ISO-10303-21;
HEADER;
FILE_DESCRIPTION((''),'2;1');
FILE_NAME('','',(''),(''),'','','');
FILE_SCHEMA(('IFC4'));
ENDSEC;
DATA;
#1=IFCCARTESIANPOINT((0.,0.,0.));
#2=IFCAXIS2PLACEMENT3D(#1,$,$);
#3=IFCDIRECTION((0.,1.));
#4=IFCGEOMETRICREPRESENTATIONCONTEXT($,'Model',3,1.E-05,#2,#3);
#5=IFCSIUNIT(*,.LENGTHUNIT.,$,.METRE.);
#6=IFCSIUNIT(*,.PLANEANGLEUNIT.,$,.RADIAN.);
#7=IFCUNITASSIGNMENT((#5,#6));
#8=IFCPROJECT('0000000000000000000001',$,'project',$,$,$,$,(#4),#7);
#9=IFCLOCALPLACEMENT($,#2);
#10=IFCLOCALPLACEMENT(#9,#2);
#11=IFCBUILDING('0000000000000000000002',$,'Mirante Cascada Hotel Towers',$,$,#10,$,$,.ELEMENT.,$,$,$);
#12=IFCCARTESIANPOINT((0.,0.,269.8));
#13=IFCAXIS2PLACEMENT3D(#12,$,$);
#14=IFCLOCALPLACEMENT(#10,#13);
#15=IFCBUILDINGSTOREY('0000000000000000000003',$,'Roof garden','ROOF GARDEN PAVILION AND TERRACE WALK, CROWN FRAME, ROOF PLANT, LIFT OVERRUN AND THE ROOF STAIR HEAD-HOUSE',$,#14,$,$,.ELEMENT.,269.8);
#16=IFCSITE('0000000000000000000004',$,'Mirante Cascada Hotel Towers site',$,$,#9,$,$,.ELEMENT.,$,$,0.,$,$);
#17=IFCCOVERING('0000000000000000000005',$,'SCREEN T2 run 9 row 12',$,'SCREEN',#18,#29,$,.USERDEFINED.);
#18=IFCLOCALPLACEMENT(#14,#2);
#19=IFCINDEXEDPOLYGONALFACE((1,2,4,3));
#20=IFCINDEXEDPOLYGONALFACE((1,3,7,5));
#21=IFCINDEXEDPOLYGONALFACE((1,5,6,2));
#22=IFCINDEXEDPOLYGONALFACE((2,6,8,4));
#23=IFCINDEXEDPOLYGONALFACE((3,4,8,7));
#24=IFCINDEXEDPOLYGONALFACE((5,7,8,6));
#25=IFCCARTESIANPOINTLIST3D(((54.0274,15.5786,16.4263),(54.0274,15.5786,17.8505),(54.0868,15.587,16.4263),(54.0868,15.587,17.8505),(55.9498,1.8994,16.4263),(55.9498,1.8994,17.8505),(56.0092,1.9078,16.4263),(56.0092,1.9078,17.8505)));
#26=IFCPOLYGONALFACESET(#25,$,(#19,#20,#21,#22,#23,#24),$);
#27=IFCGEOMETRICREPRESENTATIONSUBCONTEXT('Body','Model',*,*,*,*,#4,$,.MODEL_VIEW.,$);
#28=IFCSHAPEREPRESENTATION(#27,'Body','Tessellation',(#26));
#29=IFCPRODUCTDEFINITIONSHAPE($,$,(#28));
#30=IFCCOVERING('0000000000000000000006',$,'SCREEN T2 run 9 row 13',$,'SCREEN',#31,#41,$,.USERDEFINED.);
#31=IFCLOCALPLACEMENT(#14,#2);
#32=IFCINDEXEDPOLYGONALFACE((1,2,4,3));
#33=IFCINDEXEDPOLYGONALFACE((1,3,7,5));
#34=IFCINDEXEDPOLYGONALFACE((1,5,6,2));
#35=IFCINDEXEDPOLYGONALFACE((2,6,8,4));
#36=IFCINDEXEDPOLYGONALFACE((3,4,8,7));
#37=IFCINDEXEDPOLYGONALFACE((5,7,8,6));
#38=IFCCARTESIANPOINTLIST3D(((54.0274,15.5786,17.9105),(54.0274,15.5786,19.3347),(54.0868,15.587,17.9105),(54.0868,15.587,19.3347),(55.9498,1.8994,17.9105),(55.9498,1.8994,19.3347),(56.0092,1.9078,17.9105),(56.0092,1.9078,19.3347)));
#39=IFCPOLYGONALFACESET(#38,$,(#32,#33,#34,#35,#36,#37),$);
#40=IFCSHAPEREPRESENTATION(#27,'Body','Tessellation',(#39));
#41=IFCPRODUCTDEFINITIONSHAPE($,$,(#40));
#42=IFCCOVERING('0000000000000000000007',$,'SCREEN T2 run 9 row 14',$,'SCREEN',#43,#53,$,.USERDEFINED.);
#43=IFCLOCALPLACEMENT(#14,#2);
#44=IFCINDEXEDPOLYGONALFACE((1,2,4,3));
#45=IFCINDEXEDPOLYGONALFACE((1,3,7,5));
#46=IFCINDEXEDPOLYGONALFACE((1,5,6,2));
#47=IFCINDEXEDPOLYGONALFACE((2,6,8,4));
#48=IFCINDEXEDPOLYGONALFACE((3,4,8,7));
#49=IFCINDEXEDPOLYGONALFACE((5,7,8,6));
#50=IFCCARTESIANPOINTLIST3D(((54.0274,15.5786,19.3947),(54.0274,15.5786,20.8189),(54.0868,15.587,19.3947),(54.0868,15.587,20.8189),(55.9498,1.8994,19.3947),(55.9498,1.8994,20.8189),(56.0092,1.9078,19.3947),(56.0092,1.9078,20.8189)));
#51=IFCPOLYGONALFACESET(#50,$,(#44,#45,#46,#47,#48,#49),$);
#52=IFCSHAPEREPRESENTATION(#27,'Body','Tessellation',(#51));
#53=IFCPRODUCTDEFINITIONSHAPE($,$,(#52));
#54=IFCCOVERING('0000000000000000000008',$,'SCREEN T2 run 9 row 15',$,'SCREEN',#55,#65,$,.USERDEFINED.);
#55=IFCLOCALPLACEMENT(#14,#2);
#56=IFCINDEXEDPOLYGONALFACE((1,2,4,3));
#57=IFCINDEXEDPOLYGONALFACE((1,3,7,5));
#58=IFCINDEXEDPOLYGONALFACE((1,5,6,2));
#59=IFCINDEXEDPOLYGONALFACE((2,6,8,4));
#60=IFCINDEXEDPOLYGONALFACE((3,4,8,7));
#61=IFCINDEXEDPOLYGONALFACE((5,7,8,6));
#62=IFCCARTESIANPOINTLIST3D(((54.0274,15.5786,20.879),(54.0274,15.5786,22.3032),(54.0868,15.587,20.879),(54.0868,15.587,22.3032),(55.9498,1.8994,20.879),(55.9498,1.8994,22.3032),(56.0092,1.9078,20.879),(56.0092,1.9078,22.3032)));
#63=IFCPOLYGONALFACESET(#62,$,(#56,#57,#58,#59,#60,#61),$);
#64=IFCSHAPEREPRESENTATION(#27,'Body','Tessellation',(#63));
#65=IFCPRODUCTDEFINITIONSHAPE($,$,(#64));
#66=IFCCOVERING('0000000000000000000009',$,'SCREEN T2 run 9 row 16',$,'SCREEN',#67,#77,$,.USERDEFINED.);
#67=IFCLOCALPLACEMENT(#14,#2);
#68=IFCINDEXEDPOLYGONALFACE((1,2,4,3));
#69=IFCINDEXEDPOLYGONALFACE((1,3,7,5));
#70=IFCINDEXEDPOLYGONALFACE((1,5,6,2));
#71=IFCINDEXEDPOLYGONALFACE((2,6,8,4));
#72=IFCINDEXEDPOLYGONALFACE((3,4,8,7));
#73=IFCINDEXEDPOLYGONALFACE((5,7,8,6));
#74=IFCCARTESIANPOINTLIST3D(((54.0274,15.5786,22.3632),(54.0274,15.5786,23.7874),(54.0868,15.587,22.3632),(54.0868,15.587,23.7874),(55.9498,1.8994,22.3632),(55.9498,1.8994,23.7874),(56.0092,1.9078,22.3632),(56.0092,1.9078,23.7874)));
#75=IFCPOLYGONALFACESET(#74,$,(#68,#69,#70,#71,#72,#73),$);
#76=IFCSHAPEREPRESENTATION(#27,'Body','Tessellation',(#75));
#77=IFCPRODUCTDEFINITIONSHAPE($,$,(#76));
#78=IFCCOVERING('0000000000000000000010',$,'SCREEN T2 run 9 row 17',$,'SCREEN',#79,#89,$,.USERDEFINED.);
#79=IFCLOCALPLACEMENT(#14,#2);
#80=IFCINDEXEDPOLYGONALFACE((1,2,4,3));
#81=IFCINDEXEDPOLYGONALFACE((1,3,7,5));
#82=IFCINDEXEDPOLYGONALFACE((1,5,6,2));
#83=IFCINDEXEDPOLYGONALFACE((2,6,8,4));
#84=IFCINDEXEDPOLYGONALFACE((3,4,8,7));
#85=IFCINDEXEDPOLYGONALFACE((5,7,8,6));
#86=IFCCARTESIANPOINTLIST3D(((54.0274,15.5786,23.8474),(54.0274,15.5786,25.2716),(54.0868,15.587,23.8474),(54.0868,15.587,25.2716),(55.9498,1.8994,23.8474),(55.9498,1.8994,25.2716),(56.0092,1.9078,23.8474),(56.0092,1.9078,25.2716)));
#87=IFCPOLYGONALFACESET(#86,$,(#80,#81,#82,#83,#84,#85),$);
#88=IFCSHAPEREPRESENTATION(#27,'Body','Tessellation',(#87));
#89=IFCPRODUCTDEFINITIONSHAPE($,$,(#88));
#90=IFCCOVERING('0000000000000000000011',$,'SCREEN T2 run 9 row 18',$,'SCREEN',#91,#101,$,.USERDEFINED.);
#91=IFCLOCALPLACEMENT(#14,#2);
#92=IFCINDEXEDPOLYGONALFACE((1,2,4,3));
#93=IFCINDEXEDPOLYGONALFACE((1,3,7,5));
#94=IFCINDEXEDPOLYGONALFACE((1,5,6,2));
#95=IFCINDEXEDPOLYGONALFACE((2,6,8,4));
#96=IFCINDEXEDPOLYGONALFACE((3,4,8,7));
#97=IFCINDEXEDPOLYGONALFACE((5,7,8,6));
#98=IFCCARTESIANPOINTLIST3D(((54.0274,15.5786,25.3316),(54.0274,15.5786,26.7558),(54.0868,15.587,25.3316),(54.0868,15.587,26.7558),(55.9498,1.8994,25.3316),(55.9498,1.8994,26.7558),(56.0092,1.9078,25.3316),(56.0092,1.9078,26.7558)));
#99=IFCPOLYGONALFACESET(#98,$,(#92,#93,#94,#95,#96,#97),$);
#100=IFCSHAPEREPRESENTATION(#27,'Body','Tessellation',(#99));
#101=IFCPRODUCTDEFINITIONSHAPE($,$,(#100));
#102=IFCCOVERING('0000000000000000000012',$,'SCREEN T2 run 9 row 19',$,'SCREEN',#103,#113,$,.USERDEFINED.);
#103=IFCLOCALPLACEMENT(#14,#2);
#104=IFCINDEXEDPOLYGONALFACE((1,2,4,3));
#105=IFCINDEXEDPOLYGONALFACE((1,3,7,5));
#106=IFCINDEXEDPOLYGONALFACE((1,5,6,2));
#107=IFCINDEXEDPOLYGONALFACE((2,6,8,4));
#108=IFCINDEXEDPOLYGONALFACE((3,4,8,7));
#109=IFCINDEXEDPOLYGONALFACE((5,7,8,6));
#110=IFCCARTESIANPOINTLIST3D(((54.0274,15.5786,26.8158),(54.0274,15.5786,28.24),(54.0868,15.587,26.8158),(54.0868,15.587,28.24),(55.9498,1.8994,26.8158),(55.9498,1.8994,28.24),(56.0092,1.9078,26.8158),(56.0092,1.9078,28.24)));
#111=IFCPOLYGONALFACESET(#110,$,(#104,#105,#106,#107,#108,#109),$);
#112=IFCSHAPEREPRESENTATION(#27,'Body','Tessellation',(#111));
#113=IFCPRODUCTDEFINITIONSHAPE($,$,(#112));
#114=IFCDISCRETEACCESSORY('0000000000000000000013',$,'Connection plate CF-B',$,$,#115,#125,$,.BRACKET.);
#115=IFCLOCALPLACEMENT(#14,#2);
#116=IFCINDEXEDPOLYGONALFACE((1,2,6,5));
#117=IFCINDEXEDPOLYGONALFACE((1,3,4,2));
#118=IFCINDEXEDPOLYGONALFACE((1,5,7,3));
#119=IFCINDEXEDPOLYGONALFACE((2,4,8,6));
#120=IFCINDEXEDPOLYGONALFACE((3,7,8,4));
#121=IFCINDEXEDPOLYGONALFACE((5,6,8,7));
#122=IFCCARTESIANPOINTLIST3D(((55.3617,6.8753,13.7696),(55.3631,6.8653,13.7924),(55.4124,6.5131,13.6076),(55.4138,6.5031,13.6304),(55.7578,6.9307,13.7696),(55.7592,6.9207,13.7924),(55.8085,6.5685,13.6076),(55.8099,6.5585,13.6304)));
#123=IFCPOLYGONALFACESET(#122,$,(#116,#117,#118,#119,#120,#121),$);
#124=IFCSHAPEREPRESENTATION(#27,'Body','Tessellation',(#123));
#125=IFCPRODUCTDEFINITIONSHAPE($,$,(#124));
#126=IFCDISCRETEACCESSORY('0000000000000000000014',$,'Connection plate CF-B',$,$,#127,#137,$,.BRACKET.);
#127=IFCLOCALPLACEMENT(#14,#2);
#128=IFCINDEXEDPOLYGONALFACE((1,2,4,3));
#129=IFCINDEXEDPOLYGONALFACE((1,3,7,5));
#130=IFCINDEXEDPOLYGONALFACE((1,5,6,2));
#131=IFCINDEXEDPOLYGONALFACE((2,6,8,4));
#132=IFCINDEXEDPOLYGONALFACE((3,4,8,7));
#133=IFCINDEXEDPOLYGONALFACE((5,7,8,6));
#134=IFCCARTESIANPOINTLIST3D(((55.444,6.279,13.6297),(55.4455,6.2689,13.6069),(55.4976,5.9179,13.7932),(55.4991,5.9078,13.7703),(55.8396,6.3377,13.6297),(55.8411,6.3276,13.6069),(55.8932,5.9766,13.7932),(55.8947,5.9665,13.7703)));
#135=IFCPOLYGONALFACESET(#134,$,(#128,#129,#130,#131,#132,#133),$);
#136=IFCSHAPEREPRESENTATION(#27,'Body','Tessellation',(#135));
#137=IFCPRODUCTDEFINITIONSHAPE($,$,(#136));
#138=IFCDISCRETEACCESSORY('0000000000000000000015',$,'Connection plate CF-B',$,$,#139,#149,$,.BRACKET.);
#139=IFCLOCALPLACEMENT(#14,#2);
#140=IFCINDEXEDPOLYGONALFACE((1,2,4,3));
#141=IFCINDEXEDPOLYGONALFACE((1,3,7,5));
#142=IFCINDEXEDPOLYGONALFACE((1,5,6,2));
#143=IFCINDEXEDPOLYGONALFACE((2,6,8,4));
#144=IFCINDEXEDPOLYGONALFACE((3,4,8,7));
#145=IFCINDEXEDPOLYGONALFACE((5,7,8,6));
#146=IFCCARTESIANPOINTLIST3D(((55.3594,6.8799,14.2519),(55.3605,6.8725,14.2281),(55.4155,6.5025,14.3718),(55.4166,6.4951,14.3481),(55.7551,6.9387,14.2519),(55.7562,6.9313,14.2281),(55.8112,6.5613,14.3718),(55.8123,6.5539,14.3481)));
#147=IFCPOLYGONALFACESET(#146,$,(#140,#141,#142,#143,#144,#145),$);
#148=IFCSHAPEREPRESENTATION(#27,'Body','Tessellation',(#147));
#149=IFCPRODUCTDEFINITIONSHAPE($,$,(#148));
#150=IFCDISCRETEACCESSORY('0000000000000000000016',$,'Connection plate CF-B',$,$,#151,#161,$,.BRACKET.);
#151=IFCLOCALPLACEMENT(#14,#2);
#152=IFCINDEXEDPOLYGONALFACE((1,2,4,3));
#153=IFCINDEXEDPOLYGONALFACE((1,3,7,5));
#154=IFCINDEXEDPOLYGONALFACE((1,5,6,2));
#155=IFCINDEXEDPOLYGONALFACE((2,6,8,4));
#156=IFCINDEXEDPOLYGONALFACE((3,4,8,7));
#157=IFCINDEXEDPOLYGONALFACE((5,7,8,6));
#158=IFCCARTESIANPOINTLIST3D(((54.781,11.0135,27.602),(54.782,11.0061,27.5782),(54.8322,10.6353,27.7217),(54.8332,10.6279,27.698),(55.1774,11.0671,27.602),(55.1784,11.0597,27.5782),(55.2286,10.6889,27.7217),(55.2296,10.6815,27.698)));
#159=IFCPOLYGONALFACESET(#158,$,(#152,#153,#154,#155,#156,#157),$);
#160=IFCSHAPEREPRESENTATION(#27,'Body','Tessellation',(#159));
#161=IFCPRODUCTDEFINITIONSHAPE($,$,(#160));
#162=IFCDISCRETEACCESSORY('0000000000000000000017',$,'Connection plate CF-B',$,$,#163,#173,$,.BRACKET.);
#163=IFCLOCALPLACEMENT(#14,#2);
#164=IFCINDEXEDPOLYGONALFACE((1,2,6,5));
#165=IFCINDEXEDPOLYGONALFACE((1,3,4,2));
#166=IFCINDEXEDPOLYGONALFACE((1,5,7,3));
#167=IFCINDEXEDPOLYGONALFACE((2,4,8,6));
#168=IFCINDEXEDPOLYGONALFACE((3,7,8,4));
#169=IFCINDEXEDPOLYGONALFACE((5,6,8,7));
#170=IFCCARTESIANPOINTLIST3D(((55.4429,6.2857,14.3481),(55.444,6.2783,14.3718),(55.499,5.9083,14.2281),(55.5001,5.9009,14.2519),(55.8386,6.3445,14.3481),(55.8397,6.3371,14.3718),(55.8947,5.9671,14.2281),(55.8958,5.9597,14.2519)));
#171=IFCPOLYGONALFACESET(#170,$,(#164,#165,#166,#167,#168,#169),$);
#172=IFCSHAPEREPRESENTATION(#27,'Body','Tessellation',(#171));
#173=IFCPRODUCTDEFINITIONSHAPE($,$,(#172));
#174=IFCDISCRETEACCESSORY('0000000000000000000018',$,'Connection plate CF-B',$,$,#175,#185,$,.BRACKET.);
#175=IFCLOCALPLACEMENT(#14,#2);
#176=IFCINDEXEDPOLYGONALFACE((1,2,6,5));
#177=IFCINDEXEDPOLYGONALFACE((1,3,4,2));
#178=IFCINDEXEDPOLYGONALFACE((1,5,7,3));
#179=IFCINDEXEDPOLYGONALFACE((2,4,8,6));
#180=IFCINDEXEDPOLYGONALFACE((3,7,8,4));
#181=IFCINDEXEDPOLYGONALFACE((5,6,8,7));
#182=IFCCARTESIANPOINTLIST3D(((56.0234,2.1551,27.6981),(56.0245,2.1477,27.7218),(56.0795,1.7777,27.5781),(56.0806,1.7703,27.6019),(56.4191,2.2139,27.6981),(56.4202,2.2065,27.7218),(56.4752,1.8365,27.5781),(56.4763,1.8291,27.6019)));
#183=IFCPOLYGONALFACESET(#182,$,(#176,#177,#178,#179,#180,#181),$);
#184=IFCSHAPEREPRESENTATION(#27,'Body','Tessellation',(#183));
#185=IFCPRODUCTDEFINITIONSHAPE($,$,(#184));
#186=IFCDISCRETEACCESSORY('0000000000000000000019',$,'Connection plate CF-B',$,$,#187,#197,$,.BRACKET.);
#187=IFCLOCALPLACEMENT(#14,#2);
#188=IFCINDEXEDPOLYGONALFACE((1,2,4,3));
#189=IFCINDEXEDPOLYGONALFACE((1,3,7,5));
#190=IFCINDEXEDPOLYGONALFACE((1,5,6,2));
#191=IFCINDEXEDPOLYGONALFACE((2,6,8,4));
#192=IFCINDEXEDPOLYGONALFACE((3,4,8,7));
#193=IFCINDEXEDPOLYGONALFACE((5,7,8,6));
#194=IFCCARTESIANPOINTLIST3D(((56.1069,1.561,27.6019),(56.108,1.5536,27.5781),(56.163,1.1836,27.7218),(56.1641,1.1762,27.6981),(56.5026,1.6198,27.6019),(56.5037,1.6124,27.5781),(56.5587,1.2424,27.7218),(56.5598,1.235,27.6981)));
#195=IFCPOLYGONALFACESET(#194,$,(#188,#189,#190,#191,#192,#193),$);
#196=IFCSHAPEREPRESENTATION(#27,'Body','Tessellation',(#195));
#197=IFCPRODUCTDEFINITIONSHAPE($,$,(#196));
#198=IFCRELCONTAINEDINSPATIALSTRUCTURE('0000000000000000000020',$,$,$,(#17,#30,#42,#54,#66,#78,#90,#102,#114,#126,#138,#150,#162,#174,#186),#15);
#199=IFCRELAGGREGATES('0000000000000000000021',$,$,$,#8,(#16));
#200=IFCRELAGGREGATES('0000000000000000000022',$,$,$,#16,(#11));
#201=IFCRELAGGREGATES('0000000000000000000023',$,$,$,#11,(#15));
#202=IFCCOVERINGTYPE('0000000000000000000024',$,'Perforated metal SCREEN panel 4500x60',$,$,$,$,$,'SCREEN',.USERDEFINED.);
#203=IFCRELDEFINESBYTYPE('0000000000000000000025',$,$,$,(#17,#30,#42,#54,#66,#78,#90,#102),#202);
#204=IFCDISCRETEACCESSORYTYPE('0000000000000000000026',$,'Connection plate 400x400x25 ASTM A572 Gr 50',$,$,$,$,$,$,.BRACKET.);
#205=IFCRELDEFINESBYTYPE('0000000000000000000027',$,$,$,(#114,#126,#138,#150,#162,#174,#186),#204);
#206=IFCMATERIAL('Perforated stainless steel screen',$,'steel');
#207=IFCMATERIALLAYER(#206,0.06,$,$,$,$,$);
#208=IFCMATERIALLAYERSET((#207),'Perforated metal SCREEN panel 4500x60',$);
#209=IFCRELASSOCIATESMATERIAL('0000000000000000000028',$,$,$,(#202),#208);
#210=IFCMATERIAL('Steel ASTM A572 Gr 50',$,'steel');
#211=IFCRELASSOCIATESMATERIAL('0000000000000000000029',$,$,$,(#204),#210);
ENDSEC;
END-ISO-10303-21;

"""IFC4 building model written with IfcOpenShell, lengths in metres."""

from ifc_helpers import new_model, si_unit, direction, frame, origin, origin_2d, place, context, subcontext, project, spatial, rectangle, extrude, material, layer, layer_set, material_profile, profile_set, type_object, element, save


model = new_model("IFC4")

# Units and contexts
model_context = context("Model", 3, precision=1e-05, world=origin(), true_north=direction((0.0, 1.0)))
body_context = subcontext(model_context, "Body", "Model", "MODEL_VIEW")
ifc_project = project(units=[si_unit("LENGTHUNIT", "METRE"), si_unit("PLANEANGLEUNIT", "RADIAN")], contexts=[model_context])

# Site, building, storey
site_placement = place(None, origin())
site = spatial("IfcSite", under=ifc_project, at=site_placement, Name="Mirante Cascada Hotel Towers site", CompositionType="ELEMENT", RefElevation=0.0)
building_placement = place(site_placement, origin())
building = spatial("IfcBuilding", under=site, at=building_placement, Name="Mirante Cascada Hotel Towers", CompositionType="ELEMENT")
storey_placement = place(building_placement, frame((0.0, 0.0, 269.8)))
storey = spatial("IfcBuildingStorey", under=building, at=storey_placement, Name="Roof garden", Description="ROOF GARDEN PAVILION AND TERRACE WALK, CROWN FRAME, ROOF PLANT, LIFT OVERRUN AND THE ROOF STAIR HEAD-HOUSE", CompositionType="ELEMENT", Elevation=269.8)

# Coverings
ifc_material_1 = material(Name="Perforated stainless steel screen", Category="steel")
ifc_layer_1 = layer(ifc_material_1, 0.06)
ifc_layer_set_1 = layer_set([ifc_layer_1], Name="Perforated metal SCREEN panel 4500x60")
covering_type = type_object("IfcCoveringType", Name="Perforated metal SCREEN panel 4500x60", ElementType="SCREEN", PredefinedType="USERDEFINED", material=ifc_layer_set_1)
for number, where, z_axis, x_axis, name in (
    (1, (55.0183, 8.7432, 16.4263), (0.0, 0.0, 1.0), (0.139173, -0.990268, 0.0), "SCREEN T2 run 9 row 12"),
    (2, (55.0183, 8.7432, 17.9105), (0.0, 0.0, 1.0), (0.139173, -0.990268, 0.0), "SCREEN T2 run 9 row 13"),
    (3, (55.0183, 8.7432, 19.3947), (0.0, 0.0, 1.0), (0.139173, -0.990268, 0.0), "SCREEN T2 run 9 row 14"),
    (4, (55.0183, 8.7432, 20.879), (0.0, 0.0, 1.0), (0.139173, -0.990268, 0.0), "SCREEN T2 run 9 row 15"),
    (5, (55.0183, 8.7432, 22.3632), (0.0, 0.0, 1.0), (0.139173, -0.990268, 0.0), "SCREEN T2 run 9 row 16"),
    (6, (55.0183, 8.7432, 23.8474), (0.0, 0.0, 1.0), (0.139173, -0.990268, 0.0), "SCREEN T2 run 9 row 17"),
    (7, (55.0183, 8.7432, 25.3316), (0.0, 0.0, 1.0), (0.139173, -0.990268, 0.0), "SCREEN T2 run 9 row 18"),
    (8, (55.0183, 8.7432, 26.8158), (0.0, 0.0, 1.0), (0.139173, -0.990268, 0.0), "SCREEN T2 run 9 row 19"),
):
    element("IfcCovering", number, at=place(storey_placement, frame(where, z_axis=z_axis, x_axis=x_axis)), inside=storey, type_object=covering_type, Name=name, ObjectType="SCREEN", PredefinedType="USERDEFINED", context=body_context, shape_type="SweptSolid", body=[
        extrude(rectangle(XDim=13.8136, YDim=0.06, at=origin_2d()), origin(), (0.0, 0.0, 1.0), 1.4242),
    ])

# Discrete accessories
ifc_material_2 = material(Name="Steel ASTM A572 Gr 50", Category="steel")
ifc_material_profile_1 = material_profile(ifc_material_2, rectangle(XDim=0.4, YDim=0.4, at=origin_2d()), Name="Connection plate 400x400x25 ASTM A572 Gr 50")
ifc_profile_set_1 = profile_set([ifc_material_profile_1], Name="Steel ASTM A572 Gr 50")
discrete_accessory_type = type_object("IfcDiscreteAccessoryType", Name="Connection plate 400x400x25 ASTM A572 Gr 50", PredefinedType="BRACKET", material=ifc_profile_set_1)
discrete_accessory_1_placement = place(storey_placement, frame((55.5851, 6.7219, 13.6886), z_axis=(0.056144, -0.401028, 0.914344), x_axis=(0.990342, 0.138648, 0.0)))
element("IfcDiscreteAccessory", 9, at=discrete_accessory_1_placement, inside=storey, type_object=discrete_accessory_type, Name="Connection plate CF-B", PredefinedType="BRACKET", context=body_context, shape_type="SweptSolid", body=[
    extrude(rectangle(XDim=0.4, YDim=0.4, at=origin_2d()), origin(), (0.0, 0.0, 1.0), 0.0249),
])
discrete_accessory_2_placement = place(storey_placement, frame((55.6701, 6.1177, 13.6886), z_axis=(-0.060043, 0.404291, 0.912657), x_axis=(-0.989151, -0.146904, 0.0)))
element("IfcDiscreteAccessory", 10, at=discrete_accessory_2_placement, inside=storey, type_object=discrete_accessory_type, Name="Connection plate CF-B", PredefinedType="BRACKET", context=body_context, shape_type="SweptSolid", body=[
    extrude(rectangle(XDim=0.4, YDim=0.4, at=origin_2d()), origin(), (0.0, 0.0, 1.0), 0.025),
])
for number, where, z_axis, x_axis, name in (
    (11, (55.5864, 6.7132, 14.2881), (-0.044091, 0.296615, 0.953979), (-0.989132, -0.147033, 0.0), "Connection plate CF-B"),
    (12, (55.0058, 10.8438, 27.6381), (-0.04009, 0.296665, 0.95414), (-0.990992, -0.133918, 0.0), "Connection plate CF-B"),
    (13, (55.6688, 6.1264, 14.2881), (0.044091, -0.296615, 0.953979), (0.989132, 0.147033, 0.0), "Connection plate CF-B"),
    (14, (56.2493, 1.9958, 27.6381), (0.044091, -0.296615, 0.953979), (0.989132, 0.147033, 0.0), "Connection plate CF-B"),
    (15, (56.3339, 1.3943, 27.6381), (-0.044091, 0.296615, 0.953979), (-0.989132, -0.147033, 0.0), "Connection plate CF-B"),
):
    element("IfcDiscreteAccessory", number, at=place(storey_placement, frame(where, z_axis=z_axis, x_axis=x_axis)), inside=storey, type_object=discrete_accessory_type, Name=name, PredefinedType="BRACKET", context=body_context, shape_type="SweptSolid", body=[
        extrude(rectangle(XDim=0.4, YDim=0.4, at=origin_2d()), origin(), (0.0, 0.0, 1.0), 0.0249),
    ])

save(model, "model.ifc")
